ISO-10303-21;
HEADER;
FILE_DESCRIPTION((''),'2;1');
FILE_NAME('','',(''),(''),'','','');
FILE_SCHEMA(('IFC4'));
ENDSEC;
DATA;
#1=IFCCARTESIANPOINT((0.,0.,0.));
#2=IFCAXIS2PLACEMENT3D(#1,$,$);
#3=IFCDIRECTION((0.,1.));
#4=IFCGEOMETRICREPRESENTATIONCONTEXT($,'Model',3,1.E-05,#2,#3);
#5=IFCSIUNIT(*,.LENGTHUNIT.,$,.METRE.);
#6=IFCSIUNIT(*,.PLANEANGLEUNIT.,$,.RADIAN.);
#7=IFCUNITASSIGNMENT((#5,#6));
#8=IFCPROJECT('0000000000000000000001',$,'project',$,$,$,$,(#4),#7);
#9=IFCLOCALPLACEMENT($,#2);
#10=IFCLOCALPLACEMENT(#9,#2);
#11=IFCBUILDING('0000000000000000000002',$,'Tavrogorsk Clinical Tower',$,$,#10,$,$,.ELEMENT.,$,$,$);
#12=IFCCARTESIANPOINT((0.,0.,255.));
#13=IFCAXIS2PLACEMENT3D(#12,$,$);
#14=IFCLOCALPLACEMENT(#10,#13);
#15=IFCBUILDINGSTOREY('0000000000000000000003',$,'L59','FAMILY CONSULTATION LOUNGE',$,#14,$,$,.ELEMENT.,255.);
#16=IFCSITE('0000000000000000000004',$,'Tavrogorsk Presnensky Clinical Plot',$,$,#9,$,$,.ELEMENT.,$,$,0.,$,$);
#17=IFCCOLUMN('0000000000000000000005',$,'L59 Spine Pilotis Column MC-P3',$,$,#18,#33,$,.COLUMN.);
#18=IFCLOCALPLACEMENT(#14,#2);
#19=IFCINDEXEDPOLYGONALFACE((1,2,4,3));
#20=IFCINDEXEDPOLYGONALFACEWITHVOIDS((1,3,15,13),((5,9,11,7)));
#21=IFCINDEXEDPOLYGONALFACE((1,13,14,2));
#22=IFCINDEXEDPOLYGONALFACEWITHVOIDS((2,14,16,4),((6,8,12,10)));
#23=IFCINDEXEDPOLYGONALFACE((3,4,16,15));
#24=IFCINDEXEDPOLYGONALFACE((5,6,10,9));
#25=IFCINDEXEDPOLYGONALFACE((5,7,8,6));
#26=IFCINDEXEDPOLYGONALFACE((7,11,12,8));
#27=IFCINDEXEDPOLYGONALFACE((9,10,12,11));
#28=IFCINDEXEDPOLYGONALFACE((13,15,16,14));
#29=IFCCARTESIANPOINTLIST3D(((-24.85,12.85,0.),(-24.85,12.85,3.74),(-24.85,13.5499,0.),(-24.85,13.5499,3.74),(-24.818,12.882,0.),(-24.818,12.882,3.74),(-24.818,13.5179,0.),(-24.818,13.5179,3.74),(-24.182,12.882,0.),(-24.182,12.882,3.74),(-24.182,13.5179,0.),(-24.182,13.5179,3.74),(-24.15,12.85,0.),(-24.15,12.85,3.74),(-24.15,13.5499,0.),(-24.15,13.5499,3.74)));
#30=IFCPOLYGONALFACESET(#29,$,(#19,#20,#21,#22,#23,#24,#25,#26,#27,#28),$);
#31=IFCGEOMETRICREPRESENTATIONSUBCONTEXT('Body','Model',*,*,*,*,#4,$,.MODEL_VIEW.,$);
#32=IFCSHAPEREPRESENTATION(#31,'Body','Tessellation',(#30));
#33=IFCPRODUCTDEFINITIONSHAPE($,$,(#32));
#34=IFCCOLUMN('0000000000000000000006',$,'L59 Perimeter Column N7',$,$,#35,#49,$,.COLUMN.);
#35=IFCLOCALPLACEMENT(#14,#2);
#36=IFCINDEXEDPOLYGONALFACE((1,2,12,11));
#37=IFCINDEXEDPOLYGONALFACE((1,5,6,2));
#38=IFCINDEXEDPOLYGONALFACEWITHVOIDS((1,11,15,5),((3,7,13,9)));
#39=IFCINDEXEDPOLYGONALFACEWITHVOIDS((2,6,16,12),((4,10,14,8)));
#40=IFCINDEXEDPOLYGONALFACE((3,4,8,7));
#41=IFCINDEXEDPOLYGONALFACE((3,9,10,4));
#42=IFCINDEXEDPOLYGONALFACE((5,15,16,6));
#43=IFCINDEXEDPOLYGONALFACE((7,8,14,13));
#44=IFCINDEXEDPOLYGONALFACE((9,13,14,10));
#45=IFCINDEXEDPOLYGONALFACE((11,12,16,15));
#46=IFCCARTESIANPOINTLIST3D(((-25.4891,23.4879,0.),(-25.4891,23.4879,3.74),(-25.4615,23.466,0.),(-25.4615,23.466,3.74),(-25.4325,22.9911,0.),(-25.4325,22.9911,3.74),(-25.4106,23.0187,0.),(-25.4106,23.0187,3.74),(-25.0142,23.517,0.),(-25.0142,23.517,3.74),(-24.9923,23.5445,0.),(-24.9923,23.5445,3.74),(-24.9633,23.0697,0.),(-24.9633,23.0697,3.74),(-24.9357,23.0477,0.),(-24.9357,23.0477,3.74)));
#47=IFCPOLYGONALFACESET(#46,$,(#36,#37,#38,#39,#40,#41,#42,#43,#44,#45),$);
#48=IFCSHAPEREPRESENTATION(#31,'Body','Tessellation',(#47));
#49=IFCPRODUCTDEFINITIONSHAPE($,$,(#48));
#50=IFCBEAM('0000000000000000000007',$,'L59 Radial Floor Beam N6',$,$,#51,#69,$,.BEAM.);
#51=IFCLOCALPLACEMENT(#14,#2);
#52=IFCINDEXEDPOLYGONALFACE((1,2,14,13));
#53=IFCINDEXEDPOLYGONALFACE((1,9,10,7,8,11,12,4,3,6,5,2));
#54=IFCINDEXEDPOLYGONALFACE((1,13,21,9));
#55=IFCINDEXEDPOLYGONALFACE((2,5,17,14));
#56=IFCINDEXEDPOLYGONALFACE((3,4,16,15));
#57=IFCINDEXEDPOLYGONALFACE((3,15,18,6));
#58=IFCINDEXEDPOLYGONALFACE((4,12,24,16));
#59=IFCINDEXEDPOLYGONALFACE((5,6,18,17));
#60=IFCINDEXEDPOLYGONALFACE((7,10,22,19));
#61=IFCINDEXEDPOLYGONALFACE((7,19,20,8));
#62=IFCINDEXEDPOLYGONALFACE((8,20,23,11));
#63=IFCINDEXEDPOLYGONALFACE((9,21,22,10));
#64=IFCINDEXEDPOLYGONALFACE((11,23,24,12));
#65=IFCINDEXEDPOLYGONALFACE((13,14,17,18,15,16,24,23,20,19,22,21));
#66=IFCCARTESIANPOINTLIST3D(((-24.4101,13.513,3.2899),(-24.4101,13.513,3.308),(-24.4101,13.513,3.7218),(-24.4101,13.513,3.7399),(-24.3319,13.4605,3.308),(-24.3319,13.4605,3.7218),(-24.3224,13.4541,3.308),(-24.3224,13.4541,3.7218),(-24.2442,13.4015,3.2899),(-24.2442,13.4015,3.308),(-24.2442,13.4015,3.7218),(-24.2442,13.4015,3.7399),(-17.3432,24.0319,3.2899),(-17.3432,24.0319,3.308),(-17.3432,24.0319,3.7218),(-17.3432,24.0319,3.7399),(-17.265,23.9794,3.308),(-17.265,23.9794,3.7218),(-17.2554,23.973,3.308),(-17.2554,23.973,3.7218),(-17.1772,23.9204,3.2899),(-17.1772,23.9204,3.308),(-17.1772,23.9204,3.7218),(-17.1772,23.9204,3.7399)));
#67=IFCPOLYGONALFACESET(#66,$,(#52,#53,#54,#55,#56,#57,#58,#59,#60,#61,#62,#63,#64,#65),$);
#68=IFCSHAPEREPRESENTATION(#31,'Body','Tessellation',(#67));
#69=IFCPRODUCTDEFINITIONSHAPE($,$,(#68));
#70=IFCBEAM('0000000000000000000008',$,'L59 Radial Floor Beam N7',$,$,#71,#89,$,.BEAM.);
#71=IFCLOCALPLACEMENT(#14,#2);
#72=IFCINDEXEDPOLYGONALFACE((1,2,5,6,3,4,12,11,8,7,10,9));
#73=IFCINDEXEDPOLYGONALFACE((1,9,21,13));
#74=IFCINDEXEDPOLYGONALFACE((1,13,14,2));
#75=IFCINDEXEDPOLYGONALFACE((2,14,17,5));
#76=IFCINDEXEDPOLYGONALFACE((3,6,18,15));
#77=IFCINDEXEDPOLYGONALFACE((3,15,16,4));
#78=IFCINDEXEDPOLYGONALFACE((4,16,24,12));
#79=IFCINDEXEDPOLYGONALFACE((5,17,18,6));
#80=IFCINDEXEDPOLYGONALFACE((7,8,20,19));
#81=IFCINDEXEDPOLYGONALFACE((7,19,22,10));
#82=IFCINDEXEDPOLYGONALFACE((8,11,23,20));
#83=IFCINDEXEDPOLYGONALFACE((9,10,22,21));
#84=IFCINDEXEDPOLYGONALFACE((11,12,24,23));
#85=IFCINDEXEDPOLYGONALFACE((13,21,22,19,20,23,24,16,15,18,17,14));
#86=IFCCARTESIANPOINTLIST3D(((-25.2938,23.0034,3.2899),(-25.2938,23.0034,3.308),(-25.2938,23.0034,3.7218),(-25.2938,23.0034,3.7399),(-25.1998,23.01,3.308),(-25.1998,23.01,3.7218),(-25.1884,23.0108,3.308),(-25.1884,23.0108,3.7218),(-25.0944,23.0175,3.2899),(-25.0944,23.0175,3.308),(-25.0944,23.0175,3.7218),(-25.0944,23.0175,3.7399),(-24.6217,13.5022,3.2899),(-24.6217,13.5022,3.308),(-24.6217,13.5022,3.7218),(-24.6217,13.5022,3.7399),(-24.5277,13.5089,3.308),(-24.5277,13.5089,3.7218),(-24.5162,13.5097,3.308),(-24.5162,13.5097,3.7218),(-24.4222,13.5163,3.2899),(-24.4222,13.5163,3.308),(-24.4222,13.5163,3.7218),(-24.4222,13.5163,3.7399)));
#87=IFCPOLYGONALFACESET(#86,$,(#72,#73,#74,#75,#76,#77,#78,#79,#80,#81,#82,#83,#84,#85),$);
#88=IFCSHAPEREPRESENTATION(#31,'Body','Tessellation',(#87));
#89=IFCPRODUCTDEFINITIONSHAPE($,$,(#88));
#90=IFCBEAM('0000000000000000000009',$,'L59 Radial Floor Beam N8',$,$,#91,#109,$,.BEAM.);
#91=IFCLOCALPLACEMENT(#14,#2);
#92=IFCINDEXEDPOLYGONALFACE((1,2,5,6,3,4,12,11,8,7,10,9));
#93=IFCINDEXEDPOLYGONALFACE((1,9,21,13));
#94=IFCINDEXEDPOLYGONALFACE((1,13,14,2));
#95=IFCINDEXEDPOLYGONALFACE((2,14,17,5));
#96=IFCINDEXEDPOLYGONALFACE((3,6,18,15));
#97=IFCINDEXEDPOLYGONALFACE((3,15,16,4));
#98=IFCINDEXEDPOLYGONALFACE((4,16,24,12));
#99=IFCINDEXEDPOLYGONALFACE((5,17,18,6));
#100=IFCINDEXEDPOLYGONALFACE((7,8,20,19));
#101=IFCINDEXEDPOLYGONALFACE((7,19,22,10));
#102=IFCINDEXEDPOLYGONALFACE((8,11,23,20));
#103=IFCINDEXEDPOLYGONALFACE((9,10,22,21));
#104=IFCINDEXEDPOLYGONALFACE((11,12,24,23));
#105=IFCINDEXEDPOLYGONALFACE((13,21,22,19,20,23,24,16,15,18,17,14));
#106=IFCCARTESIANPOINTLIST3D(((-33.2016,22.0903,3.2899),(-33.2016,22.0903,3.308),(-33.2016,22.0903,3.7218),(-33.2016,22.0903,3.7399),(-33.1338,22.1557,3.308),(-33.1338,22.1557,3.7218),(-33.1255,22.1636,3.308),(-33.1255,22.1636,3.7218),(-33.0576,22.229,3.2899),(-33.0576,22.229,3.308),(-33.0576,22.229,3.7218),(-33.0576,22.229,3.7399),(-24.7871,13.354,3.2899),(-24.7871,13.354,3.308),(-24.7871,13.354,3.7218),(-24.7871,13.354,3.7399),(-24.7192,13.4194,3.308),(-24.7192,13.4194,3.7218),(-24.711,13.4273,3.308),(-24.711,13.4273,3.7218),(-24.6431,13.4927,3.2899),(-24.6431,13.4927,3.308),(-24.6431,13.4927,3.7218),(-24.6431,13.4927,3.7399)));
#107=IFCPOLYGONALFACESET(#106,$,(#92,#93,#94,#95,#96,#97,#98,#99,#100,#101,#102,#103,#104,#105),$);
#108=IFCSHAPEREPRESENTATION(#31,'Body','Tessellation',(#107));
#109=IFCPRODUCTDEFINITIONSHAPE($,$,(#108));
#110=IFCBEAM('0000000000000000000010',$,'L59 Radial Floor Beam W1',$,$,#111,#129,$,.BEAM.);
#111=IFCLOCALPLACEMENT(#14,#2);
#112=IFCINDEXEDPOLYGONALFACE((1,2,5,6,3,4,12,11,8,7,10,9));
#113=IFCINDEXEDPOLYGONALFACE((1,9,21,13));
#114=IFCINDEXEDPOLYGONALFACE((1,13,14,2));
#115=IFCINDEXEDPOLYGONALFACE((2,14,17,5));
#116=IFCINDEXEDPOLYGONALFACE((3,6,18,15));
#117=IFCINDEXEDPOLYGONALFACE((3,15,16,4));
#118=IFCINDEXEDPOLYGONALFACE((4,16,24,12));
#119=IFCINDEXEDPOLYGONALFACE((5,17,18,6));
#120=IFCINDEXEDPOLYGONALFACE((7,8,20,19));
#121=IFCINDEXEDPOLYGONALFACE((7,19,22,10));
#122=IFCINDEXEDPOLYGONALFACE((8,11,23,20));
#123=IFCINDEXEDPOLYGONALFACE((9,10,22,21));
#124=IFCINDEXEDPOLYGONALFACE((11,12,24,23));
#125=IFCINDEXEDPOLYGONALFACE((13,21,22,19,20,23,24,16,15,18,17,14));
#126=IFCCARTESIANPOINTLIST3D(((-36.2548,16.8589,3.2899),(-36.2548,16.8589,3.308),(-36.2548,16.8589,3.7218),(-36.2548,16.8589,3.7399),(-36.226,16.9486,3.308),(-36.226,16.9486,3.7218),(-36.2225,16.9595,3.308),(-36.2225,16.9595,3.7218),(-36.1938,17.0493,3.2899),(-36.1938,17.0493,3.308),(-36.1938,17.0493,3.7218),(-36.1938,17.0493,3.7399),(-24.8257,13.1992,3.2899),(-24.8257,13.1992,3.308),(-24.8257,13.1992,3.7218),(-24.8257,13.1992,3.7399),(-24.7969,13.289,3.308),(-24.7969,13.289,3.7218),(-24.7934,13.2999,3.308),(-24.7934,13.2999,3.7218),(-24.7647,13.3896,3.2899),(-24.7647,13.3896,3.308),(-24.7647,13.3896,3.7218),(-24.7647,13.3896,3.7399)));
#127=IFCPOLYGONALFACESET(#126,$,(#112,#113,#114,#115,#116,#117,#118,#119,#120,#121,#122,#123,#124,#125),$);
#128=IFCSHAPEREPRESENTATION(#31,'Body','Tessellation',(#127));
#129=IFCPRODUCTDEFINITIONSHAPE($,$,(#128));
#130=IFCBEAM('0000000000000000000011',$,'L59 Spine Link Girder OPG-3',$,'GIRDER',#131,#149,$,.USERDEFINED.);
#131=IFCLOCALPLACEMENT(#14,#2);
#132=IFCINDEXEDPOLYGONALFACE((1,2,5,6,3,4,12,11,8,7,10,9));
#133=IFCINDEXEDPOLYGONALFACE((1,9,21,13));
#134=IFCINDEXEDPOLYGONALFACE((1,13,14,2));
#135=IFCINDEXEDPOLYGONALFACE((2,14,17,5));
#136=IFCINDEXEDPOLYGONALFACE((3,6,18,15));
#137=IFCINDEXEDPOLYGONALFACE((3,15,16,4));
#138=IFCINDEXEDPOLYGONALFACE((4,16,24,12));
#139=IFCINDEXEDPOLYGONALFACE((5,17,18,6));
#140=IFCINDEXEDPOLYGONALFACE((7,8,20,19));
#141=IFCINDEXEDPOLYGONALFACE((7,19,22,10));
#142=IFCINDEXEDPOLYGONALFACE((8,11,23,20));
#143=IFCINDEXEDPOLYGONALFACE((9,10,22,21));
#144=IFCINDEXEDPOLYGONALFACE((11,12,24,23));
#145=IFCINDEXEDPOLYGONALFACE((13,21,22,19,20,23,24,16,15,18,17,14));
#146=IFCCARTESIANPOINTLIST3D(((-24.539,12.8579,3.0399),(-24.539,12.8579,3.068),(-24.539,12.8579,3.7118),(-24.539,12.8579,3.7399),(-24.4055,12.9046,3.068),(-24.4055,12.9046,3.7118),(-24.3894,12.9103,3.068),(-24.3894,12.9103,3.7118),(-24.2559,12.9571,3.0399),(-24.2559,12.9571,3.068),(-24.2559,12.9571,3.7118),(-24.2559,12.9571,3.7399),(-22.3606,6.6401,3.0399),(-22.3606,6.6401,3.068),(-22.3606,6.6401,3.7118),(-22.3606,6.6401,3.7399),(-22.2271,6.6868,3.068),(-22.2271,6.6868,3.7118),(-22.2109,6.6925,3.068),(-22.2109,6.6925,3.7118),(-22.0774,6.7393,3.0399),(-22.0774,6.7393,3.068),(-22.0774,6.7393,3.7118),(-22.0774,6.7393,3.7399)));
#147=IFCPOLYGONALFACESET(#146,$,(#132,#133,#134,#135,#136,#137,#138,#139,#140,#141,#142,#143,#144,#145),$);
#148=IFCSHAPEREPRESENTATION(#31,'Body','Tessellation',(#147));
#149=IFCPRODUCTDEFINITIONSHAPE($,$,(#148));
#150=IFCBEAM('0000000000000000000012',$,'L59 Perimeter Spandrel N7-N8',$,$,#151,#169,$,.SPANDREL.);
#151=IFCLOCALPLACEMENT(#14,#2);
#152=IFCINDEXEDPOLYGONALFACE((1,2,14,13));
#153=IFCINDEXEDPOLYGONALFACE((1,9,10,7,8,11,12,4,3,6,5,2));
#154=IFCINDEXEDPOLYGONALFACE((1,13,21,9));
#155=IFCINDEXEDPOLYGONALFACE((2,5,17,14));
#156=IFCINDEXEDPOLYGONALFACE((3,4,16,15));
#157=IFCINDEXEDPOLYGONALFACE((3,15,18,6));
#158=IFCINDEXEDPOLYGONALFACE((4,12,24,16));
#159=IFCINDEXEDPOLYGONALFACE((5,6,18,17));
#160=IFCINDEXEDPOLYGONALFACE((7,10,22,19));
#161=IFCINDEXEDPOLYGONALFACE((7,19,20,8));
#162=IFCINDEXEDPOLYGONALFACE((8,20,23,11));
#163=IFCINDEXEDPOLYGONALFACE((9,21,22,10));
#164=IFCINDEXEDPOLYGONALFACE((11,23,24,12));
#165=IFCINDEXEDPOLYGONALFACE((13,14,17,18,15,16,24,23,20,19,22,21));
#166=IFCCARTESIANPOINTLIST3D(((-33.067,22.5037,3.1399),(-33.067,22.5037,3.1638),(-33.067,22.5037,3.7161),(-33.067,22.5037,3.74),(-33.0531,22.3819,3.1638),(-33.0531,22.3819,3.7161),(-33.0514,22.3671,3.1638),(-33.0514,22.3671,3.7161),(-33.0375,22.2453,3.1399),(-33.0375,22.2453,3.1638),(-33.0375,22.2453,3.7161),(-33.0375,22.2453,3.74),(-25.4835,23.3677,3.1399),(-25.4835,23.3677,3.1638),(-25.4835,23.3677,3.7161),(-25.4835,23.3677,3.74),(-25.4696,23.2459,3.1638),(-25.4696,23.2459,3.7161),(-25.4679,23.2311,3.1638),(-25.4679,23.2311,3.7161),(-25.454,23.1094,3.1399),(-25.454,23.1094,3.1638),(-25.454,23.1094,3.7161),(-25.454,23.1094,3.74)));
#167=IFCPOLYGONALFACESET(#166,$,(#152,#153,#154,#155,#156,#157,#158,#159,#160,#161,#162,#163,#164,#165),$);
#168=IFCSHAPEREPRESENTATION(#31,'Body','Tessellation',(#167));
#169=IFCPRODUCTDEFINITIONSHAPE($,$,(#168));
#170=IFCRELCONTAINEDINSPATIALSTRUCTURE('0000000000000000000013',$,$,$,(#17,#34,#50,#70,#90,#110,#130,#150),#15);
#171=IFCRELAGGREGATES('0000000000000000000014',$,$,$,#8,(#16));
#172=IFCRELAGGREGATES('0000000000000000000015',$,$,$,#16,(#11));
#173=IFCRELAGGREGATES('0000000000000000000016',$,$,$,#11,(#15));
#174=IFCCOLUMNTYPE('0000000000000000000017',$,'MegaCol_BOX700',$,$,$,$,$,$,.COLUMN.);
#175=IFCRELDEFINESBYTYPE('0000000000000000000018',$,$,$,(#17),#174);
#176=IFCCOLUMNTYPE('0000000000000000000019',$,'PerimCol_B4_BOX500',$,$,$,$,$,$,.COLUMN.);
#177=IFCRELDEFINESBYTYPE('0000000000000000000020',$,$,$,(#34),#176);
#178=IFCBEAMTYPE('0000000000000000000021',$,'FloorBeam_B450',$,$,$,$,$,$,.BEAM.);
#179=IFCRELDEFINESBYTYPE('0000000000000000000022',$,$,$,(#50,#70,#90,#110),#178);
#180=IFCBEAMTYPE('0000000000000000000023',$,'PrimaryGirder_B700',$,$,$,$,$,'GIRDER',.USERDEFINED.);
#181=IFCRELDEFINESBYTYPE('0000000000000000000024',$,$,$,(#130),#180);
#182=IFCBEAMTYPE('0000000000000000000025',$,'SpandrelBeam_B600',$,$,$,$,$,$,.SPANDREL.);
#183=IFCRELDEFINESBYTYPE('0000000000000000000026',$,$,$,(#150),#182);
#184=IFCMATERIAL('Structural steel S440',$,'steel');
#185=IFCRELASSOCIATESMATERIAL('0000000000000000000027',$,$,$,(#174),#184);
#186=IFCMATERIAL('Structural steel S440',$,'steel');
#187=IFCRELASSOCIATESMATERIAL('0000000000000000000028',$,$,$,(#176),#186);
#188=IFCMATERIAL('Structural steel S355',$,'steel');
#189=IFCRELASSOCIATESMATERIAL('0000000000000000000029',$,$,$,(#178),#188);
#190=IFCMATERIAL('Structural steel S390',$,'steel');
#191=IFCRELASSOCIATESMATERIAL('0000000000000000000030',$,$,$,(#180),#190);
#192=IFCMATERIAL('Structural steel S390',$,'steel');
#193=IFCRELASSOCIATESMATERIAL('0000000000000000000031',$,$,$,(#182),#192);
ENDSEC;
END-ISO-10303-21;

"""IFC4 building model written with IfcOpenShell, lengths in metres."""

from ifc_helpers import new_model, si_unit, direction, frame, origin, origin_2d, place, context, subcontext, project, spatial, hollow_rectangle, i_section, extrude, material, material_profile, profile_set, type_object, element, save


model = new_model("IFC4")

# Units and contexts
model_context = context("Model", 3, precision=1e-05, world=origin(), true_north=direction((0.0, 1.0)))
body_context = subcontext(model_context, "Body", "Model", "MODEL_VIEW")
ifc_project = project(units=[si_unit("LENGTHUNIT", "METRE"), si_unit("PLANEANGLEUNIT", "RADIAN")], contexts=[model_context])

# Site, building, storey
site_placement = place(None, origin())
site = spatial("IfcSite", under=ifc_project, at=site_placement, Name="Tavrogorsk Presnensky Clinical Plot", CompositionType="ELEMENT", RefElevation=0.0)
building_placement = place(site_placement, origin())
building = spatial("IfcBuilding", under=site, at=building_placement, Name="Tavrogorsk Clinical Tower", CompositionType="ELEMENT")
storey_placement = place(building_placement, frame((0.0, 0.0, 255.0)))
storey = spatial("IfcBuildingStorey", under=building, at=storey_placement, Name="L59", Description="FAMILY CONSULTATION LOUNGE", CompositionType="ELEMENT", Elevation=255.0)

# Columns
ifc_material_1 = material(Name="Structural steel S440", Category="steel")
ifc_material_profile_1 = material_profile(ifc_material_1, hollow_rectangle(XDim=0.7, YDim=0.7, WallThickness=0.032, at=origin_2d()), Name="BOX-700x700x32")
ifc_profile_set_1 = profile_set([ifc_material_profile_1], Name="Structural steel S440")
column_type_1 = type_object("IfcColumnType", Name="MegaCol_BOX700", PredefinedType="COLUMN", material=ifc_profile_set_1)
column_1_placement = place(storey_placement, frame((-24.5, 13.2, 0.0), z_axis=(0.0, 0.0, 1.0), x_axis=(1.0, 0.0, 0.0)))
element("IfcColumn", 1, at=column_1_placement, inside=storey, type_object=column_type_1, Name="L59 Spine Pilotis Column MC-P3", PredefinedType="COLUMN", context=body_context, shape_type="SweptSolid", body=[
    extrude(hollow_rectangle(XDim=0.7, YDim=0.7, WallThickness=0.032, at=origin_2d()), origin(), (0.0, 0.0, 1.0), 3.74),
])
ifc_material_2 = material(Name="Structural steel S440", Category="steel")
ifc_material_profile_2 = material_profile(ifc_material_2, hollow_rectangle(XDim=0.5, YDim=0.5, WallThickness=0.0249, at=origin_2d()), Name="BOX-500x500x25")
ifc_profile_set_2 = profile_set([ifc_material_profile_2], Name="Structural steel S440")
column_type_2 = type_object("IfcColumnType", Name="PerimCol_B4_BOX500", PredefinedType="COLUMN", material=ifc_profile_set_2)
column_2_placement = place(storey_placement, frame((-25.2124, 23.2678, 0.0), z_axis=(0.0, 0.0, 1.0), x_axis=(0.993572, 0.113203, 0.0)))
element("IfcColumn", 2, at=column_2_placement, inside=storey, type_object=column_type_2, Name="L59 Perimeter Column N7", PredefinedType="COLUMN", context=body_context, shape_type="SweptSolid", body=[
    extrude(hollow_rectangle(XDim=0.5, YDim=0.5, WallThickness=0.0249, at=origin_2d()), origin(), (0.0, 0.0, 1.0), 3.74),
])

# Beams
ifc_material_3 = material(Name="Structural steel S355", Category="steel")
ifc_material_profile_3 = material_profile(ifc_material_3, i_section(OverallWidth=0.2, OverallDepth=0.45, WebThickness=0.0115, FlangeThickness=0.0181, at=origin_2d()), Name="B-450x200x11.5x18")
ifc_profile_set_3 = profile_set([ifc_material_profile_3], Name="Structural steel S355")
beam_type_1 = type_object("IfcBeamType", Name="FloorBeam_B450", PredefinedType="BEAM", material=ifc_profile_set_3)
beam_1_placement = place(storey_placement, frame((-24.3271, 13.4573, 3.5149), z_axis=(0.557667, 0.830065, 0.0), x_axis=(-0.830065, 0.557667, 0.0)))
element("IfcBeam", 3, at=beam_1_placement, inside=storey, type_object=beam_type_1, Name="L59 Radial Floor Beam N6", PredefinedType="BEAM", context=body_context, shape_type="SweptSolid", body=[
    extrude(i_section(OverallWidth=0.2, OverallDepth=0.45, WebThickness=0.0115, FlangeThickness=0.0181, at=origin_2d()), origin(), (0.0, 0.0, 1.0), 12.6724),
])
beam_2_placement = place(storey_placement, frame((-24.522, 13.5093, 3.5149), z_axis=(-0.070564, 0.997507, 0.0), x_axis=(-0.997507, -0.070564, 0.0)))
element("IfcBeam", 4, at=beam_2_placement, inside=storey, type_object=beam_type_1, Name="L59 Radial Floor Beam N7", PredefinedType="BEAM", context=body_context, shape_type="SweptSolid", body=[
    extrude(i_section(OverallWidth=0.2, OverallDepth=0.45, WebThickness=0.0115, FlangeThickness=0.0181, at=origin_2d()), origin(), (0.0, 0.0, 1.0), 9.5249),
])
beam_3_placement = place(storey_placement, frame((-24.7151, 13.4233, 3.5149), z_axis=(-0.693718, 0.720246, 0.0), x_axis=(-0.720246, -0.693718, 0.0)))
element("IfcBeam", 5, at=beam_3_placement, inside=storey, type_object=beam_type_1, Name="L59 Radial Floor Beam N8", PredefinedType="BEAM", context=body_context, shape_type="SweptSolid", body=[
    extrude(i_section(OverallWidth=0.2, OverallDepth=0.45, WebThickness=0.0115, FlangeThickness=0.0181, at=origin_2d()), origin(), (0.0, 0.0, 1.0), 12.1296),
])
beam_4_placement = place(storey_placement, frame((-24.7952, 13.2944, 3.5149), z_axis=(-0.952368, 0.304951, 0.0), x_axis=(-0.304951, -0.952368, 0.0)))
element("IfcBeam", 6, at=beam_4_placement, inside=storey, type_object=beam_type_1, Name="L59 Radial Floor Beam W1", PredefinedType="BEAM", context=body_context, shape_type="SweptSolid", body=[
    extrude(i_section(OverallWidth=0.2, OverallDepth=0.45, WebThickness=0.0115, FlangeThickness=0.0181, at=origin_2d()), origin(), (0.0, 0.0, 1.0), 12.0007),
])
ifc_material_4 = material(Name="Structural steel S390", Category="steel")
ifc_material_profile_4 = material_profile(ifc_material_4, i_section(OverallWidth=0.3, OverallDepth=0.7, WebThickness=0.0171, FlangeThickness=0.0281, at=origin_2d()), Name="B-700x300x17x28")
ifc_profile_set_4 = profile_set([ifc_material_profile_4], Name="Structural steel S390")
beam_type_2 = type_object("IfcBeamType", Name="PrimaryGirder_B700", ElementType="GIRDER", PredefinedType="USERDEFINED", material=ifc_profile_set_4)
beam_5_placement = place(storey_placement, frame((-24.3975, 12.9075, 3.3899), z_axis=(0.330654, -0.943752, 0.0), x_axis=(0.943752, 0.330654, 0.0)))
element("IfcBeam", 7, at=beam_5_placement, inside=storey, type_object=beam_type_2, Name="L59 Spine Link Girder OPG-3", ObjectType="GIRDER", PredefinedType="USERDEFINED", context=body_context, shape_type="SweptSolid", body=[
    extrude(i_section(OverallWidth=0.3, OverallDepth=0.7, WebThickness=0.0171, FlangeThickness=0.0281, at=origin_2d()), origin(), (0.0, 0.0, 1.0), 6.5884),
])
ifc_material_5 = material(Name="Structural steel S390", Category="steel")
ifc_material_profile_5 = material_profile(ifc_material_5, i_section(OverallWidth=0.26, OverallDepth=0.6001, WebThickness=0.0149, FlangeThickness=0.0239, at=origin_2d()), Name="B-600x260x15x24")
ifc_profile_set_5 = profile_set([ifc_material_profile_5], Name="Structural steel S390")
beam_type_3 = type_object("IfcBeamType", Name="SpandrelBeam_B600", PredefinedType="SPANDREL", material=ifc_profile_set_5)
beam_6_placement = place(storey_placement, frame((-25.4688, 23.2385, 3.4399), z_axis=(-0.993572, -0.113201, 0.0), x_axis=(0.113201, -0.993572, 0.0)))
element("IfcBeam", 8, at=beam_6_placement, inside=storey, type_object=beam_type_3, Name="L59 Perimeter Spandrel N7-N8", PredefinedType="SPANDREL", context=body_context, shape_type="SweptSolid", body=[
    extrude(i_section(OverallWidth=0.26, OverallDepth=0.6001, WebThickness=0.0149, FlangeThickness=0.0239, at=origin_2d()), origin(), (0.0, 0.0, 1.0), 7.6326),
])

save(model, "model.ifc")
